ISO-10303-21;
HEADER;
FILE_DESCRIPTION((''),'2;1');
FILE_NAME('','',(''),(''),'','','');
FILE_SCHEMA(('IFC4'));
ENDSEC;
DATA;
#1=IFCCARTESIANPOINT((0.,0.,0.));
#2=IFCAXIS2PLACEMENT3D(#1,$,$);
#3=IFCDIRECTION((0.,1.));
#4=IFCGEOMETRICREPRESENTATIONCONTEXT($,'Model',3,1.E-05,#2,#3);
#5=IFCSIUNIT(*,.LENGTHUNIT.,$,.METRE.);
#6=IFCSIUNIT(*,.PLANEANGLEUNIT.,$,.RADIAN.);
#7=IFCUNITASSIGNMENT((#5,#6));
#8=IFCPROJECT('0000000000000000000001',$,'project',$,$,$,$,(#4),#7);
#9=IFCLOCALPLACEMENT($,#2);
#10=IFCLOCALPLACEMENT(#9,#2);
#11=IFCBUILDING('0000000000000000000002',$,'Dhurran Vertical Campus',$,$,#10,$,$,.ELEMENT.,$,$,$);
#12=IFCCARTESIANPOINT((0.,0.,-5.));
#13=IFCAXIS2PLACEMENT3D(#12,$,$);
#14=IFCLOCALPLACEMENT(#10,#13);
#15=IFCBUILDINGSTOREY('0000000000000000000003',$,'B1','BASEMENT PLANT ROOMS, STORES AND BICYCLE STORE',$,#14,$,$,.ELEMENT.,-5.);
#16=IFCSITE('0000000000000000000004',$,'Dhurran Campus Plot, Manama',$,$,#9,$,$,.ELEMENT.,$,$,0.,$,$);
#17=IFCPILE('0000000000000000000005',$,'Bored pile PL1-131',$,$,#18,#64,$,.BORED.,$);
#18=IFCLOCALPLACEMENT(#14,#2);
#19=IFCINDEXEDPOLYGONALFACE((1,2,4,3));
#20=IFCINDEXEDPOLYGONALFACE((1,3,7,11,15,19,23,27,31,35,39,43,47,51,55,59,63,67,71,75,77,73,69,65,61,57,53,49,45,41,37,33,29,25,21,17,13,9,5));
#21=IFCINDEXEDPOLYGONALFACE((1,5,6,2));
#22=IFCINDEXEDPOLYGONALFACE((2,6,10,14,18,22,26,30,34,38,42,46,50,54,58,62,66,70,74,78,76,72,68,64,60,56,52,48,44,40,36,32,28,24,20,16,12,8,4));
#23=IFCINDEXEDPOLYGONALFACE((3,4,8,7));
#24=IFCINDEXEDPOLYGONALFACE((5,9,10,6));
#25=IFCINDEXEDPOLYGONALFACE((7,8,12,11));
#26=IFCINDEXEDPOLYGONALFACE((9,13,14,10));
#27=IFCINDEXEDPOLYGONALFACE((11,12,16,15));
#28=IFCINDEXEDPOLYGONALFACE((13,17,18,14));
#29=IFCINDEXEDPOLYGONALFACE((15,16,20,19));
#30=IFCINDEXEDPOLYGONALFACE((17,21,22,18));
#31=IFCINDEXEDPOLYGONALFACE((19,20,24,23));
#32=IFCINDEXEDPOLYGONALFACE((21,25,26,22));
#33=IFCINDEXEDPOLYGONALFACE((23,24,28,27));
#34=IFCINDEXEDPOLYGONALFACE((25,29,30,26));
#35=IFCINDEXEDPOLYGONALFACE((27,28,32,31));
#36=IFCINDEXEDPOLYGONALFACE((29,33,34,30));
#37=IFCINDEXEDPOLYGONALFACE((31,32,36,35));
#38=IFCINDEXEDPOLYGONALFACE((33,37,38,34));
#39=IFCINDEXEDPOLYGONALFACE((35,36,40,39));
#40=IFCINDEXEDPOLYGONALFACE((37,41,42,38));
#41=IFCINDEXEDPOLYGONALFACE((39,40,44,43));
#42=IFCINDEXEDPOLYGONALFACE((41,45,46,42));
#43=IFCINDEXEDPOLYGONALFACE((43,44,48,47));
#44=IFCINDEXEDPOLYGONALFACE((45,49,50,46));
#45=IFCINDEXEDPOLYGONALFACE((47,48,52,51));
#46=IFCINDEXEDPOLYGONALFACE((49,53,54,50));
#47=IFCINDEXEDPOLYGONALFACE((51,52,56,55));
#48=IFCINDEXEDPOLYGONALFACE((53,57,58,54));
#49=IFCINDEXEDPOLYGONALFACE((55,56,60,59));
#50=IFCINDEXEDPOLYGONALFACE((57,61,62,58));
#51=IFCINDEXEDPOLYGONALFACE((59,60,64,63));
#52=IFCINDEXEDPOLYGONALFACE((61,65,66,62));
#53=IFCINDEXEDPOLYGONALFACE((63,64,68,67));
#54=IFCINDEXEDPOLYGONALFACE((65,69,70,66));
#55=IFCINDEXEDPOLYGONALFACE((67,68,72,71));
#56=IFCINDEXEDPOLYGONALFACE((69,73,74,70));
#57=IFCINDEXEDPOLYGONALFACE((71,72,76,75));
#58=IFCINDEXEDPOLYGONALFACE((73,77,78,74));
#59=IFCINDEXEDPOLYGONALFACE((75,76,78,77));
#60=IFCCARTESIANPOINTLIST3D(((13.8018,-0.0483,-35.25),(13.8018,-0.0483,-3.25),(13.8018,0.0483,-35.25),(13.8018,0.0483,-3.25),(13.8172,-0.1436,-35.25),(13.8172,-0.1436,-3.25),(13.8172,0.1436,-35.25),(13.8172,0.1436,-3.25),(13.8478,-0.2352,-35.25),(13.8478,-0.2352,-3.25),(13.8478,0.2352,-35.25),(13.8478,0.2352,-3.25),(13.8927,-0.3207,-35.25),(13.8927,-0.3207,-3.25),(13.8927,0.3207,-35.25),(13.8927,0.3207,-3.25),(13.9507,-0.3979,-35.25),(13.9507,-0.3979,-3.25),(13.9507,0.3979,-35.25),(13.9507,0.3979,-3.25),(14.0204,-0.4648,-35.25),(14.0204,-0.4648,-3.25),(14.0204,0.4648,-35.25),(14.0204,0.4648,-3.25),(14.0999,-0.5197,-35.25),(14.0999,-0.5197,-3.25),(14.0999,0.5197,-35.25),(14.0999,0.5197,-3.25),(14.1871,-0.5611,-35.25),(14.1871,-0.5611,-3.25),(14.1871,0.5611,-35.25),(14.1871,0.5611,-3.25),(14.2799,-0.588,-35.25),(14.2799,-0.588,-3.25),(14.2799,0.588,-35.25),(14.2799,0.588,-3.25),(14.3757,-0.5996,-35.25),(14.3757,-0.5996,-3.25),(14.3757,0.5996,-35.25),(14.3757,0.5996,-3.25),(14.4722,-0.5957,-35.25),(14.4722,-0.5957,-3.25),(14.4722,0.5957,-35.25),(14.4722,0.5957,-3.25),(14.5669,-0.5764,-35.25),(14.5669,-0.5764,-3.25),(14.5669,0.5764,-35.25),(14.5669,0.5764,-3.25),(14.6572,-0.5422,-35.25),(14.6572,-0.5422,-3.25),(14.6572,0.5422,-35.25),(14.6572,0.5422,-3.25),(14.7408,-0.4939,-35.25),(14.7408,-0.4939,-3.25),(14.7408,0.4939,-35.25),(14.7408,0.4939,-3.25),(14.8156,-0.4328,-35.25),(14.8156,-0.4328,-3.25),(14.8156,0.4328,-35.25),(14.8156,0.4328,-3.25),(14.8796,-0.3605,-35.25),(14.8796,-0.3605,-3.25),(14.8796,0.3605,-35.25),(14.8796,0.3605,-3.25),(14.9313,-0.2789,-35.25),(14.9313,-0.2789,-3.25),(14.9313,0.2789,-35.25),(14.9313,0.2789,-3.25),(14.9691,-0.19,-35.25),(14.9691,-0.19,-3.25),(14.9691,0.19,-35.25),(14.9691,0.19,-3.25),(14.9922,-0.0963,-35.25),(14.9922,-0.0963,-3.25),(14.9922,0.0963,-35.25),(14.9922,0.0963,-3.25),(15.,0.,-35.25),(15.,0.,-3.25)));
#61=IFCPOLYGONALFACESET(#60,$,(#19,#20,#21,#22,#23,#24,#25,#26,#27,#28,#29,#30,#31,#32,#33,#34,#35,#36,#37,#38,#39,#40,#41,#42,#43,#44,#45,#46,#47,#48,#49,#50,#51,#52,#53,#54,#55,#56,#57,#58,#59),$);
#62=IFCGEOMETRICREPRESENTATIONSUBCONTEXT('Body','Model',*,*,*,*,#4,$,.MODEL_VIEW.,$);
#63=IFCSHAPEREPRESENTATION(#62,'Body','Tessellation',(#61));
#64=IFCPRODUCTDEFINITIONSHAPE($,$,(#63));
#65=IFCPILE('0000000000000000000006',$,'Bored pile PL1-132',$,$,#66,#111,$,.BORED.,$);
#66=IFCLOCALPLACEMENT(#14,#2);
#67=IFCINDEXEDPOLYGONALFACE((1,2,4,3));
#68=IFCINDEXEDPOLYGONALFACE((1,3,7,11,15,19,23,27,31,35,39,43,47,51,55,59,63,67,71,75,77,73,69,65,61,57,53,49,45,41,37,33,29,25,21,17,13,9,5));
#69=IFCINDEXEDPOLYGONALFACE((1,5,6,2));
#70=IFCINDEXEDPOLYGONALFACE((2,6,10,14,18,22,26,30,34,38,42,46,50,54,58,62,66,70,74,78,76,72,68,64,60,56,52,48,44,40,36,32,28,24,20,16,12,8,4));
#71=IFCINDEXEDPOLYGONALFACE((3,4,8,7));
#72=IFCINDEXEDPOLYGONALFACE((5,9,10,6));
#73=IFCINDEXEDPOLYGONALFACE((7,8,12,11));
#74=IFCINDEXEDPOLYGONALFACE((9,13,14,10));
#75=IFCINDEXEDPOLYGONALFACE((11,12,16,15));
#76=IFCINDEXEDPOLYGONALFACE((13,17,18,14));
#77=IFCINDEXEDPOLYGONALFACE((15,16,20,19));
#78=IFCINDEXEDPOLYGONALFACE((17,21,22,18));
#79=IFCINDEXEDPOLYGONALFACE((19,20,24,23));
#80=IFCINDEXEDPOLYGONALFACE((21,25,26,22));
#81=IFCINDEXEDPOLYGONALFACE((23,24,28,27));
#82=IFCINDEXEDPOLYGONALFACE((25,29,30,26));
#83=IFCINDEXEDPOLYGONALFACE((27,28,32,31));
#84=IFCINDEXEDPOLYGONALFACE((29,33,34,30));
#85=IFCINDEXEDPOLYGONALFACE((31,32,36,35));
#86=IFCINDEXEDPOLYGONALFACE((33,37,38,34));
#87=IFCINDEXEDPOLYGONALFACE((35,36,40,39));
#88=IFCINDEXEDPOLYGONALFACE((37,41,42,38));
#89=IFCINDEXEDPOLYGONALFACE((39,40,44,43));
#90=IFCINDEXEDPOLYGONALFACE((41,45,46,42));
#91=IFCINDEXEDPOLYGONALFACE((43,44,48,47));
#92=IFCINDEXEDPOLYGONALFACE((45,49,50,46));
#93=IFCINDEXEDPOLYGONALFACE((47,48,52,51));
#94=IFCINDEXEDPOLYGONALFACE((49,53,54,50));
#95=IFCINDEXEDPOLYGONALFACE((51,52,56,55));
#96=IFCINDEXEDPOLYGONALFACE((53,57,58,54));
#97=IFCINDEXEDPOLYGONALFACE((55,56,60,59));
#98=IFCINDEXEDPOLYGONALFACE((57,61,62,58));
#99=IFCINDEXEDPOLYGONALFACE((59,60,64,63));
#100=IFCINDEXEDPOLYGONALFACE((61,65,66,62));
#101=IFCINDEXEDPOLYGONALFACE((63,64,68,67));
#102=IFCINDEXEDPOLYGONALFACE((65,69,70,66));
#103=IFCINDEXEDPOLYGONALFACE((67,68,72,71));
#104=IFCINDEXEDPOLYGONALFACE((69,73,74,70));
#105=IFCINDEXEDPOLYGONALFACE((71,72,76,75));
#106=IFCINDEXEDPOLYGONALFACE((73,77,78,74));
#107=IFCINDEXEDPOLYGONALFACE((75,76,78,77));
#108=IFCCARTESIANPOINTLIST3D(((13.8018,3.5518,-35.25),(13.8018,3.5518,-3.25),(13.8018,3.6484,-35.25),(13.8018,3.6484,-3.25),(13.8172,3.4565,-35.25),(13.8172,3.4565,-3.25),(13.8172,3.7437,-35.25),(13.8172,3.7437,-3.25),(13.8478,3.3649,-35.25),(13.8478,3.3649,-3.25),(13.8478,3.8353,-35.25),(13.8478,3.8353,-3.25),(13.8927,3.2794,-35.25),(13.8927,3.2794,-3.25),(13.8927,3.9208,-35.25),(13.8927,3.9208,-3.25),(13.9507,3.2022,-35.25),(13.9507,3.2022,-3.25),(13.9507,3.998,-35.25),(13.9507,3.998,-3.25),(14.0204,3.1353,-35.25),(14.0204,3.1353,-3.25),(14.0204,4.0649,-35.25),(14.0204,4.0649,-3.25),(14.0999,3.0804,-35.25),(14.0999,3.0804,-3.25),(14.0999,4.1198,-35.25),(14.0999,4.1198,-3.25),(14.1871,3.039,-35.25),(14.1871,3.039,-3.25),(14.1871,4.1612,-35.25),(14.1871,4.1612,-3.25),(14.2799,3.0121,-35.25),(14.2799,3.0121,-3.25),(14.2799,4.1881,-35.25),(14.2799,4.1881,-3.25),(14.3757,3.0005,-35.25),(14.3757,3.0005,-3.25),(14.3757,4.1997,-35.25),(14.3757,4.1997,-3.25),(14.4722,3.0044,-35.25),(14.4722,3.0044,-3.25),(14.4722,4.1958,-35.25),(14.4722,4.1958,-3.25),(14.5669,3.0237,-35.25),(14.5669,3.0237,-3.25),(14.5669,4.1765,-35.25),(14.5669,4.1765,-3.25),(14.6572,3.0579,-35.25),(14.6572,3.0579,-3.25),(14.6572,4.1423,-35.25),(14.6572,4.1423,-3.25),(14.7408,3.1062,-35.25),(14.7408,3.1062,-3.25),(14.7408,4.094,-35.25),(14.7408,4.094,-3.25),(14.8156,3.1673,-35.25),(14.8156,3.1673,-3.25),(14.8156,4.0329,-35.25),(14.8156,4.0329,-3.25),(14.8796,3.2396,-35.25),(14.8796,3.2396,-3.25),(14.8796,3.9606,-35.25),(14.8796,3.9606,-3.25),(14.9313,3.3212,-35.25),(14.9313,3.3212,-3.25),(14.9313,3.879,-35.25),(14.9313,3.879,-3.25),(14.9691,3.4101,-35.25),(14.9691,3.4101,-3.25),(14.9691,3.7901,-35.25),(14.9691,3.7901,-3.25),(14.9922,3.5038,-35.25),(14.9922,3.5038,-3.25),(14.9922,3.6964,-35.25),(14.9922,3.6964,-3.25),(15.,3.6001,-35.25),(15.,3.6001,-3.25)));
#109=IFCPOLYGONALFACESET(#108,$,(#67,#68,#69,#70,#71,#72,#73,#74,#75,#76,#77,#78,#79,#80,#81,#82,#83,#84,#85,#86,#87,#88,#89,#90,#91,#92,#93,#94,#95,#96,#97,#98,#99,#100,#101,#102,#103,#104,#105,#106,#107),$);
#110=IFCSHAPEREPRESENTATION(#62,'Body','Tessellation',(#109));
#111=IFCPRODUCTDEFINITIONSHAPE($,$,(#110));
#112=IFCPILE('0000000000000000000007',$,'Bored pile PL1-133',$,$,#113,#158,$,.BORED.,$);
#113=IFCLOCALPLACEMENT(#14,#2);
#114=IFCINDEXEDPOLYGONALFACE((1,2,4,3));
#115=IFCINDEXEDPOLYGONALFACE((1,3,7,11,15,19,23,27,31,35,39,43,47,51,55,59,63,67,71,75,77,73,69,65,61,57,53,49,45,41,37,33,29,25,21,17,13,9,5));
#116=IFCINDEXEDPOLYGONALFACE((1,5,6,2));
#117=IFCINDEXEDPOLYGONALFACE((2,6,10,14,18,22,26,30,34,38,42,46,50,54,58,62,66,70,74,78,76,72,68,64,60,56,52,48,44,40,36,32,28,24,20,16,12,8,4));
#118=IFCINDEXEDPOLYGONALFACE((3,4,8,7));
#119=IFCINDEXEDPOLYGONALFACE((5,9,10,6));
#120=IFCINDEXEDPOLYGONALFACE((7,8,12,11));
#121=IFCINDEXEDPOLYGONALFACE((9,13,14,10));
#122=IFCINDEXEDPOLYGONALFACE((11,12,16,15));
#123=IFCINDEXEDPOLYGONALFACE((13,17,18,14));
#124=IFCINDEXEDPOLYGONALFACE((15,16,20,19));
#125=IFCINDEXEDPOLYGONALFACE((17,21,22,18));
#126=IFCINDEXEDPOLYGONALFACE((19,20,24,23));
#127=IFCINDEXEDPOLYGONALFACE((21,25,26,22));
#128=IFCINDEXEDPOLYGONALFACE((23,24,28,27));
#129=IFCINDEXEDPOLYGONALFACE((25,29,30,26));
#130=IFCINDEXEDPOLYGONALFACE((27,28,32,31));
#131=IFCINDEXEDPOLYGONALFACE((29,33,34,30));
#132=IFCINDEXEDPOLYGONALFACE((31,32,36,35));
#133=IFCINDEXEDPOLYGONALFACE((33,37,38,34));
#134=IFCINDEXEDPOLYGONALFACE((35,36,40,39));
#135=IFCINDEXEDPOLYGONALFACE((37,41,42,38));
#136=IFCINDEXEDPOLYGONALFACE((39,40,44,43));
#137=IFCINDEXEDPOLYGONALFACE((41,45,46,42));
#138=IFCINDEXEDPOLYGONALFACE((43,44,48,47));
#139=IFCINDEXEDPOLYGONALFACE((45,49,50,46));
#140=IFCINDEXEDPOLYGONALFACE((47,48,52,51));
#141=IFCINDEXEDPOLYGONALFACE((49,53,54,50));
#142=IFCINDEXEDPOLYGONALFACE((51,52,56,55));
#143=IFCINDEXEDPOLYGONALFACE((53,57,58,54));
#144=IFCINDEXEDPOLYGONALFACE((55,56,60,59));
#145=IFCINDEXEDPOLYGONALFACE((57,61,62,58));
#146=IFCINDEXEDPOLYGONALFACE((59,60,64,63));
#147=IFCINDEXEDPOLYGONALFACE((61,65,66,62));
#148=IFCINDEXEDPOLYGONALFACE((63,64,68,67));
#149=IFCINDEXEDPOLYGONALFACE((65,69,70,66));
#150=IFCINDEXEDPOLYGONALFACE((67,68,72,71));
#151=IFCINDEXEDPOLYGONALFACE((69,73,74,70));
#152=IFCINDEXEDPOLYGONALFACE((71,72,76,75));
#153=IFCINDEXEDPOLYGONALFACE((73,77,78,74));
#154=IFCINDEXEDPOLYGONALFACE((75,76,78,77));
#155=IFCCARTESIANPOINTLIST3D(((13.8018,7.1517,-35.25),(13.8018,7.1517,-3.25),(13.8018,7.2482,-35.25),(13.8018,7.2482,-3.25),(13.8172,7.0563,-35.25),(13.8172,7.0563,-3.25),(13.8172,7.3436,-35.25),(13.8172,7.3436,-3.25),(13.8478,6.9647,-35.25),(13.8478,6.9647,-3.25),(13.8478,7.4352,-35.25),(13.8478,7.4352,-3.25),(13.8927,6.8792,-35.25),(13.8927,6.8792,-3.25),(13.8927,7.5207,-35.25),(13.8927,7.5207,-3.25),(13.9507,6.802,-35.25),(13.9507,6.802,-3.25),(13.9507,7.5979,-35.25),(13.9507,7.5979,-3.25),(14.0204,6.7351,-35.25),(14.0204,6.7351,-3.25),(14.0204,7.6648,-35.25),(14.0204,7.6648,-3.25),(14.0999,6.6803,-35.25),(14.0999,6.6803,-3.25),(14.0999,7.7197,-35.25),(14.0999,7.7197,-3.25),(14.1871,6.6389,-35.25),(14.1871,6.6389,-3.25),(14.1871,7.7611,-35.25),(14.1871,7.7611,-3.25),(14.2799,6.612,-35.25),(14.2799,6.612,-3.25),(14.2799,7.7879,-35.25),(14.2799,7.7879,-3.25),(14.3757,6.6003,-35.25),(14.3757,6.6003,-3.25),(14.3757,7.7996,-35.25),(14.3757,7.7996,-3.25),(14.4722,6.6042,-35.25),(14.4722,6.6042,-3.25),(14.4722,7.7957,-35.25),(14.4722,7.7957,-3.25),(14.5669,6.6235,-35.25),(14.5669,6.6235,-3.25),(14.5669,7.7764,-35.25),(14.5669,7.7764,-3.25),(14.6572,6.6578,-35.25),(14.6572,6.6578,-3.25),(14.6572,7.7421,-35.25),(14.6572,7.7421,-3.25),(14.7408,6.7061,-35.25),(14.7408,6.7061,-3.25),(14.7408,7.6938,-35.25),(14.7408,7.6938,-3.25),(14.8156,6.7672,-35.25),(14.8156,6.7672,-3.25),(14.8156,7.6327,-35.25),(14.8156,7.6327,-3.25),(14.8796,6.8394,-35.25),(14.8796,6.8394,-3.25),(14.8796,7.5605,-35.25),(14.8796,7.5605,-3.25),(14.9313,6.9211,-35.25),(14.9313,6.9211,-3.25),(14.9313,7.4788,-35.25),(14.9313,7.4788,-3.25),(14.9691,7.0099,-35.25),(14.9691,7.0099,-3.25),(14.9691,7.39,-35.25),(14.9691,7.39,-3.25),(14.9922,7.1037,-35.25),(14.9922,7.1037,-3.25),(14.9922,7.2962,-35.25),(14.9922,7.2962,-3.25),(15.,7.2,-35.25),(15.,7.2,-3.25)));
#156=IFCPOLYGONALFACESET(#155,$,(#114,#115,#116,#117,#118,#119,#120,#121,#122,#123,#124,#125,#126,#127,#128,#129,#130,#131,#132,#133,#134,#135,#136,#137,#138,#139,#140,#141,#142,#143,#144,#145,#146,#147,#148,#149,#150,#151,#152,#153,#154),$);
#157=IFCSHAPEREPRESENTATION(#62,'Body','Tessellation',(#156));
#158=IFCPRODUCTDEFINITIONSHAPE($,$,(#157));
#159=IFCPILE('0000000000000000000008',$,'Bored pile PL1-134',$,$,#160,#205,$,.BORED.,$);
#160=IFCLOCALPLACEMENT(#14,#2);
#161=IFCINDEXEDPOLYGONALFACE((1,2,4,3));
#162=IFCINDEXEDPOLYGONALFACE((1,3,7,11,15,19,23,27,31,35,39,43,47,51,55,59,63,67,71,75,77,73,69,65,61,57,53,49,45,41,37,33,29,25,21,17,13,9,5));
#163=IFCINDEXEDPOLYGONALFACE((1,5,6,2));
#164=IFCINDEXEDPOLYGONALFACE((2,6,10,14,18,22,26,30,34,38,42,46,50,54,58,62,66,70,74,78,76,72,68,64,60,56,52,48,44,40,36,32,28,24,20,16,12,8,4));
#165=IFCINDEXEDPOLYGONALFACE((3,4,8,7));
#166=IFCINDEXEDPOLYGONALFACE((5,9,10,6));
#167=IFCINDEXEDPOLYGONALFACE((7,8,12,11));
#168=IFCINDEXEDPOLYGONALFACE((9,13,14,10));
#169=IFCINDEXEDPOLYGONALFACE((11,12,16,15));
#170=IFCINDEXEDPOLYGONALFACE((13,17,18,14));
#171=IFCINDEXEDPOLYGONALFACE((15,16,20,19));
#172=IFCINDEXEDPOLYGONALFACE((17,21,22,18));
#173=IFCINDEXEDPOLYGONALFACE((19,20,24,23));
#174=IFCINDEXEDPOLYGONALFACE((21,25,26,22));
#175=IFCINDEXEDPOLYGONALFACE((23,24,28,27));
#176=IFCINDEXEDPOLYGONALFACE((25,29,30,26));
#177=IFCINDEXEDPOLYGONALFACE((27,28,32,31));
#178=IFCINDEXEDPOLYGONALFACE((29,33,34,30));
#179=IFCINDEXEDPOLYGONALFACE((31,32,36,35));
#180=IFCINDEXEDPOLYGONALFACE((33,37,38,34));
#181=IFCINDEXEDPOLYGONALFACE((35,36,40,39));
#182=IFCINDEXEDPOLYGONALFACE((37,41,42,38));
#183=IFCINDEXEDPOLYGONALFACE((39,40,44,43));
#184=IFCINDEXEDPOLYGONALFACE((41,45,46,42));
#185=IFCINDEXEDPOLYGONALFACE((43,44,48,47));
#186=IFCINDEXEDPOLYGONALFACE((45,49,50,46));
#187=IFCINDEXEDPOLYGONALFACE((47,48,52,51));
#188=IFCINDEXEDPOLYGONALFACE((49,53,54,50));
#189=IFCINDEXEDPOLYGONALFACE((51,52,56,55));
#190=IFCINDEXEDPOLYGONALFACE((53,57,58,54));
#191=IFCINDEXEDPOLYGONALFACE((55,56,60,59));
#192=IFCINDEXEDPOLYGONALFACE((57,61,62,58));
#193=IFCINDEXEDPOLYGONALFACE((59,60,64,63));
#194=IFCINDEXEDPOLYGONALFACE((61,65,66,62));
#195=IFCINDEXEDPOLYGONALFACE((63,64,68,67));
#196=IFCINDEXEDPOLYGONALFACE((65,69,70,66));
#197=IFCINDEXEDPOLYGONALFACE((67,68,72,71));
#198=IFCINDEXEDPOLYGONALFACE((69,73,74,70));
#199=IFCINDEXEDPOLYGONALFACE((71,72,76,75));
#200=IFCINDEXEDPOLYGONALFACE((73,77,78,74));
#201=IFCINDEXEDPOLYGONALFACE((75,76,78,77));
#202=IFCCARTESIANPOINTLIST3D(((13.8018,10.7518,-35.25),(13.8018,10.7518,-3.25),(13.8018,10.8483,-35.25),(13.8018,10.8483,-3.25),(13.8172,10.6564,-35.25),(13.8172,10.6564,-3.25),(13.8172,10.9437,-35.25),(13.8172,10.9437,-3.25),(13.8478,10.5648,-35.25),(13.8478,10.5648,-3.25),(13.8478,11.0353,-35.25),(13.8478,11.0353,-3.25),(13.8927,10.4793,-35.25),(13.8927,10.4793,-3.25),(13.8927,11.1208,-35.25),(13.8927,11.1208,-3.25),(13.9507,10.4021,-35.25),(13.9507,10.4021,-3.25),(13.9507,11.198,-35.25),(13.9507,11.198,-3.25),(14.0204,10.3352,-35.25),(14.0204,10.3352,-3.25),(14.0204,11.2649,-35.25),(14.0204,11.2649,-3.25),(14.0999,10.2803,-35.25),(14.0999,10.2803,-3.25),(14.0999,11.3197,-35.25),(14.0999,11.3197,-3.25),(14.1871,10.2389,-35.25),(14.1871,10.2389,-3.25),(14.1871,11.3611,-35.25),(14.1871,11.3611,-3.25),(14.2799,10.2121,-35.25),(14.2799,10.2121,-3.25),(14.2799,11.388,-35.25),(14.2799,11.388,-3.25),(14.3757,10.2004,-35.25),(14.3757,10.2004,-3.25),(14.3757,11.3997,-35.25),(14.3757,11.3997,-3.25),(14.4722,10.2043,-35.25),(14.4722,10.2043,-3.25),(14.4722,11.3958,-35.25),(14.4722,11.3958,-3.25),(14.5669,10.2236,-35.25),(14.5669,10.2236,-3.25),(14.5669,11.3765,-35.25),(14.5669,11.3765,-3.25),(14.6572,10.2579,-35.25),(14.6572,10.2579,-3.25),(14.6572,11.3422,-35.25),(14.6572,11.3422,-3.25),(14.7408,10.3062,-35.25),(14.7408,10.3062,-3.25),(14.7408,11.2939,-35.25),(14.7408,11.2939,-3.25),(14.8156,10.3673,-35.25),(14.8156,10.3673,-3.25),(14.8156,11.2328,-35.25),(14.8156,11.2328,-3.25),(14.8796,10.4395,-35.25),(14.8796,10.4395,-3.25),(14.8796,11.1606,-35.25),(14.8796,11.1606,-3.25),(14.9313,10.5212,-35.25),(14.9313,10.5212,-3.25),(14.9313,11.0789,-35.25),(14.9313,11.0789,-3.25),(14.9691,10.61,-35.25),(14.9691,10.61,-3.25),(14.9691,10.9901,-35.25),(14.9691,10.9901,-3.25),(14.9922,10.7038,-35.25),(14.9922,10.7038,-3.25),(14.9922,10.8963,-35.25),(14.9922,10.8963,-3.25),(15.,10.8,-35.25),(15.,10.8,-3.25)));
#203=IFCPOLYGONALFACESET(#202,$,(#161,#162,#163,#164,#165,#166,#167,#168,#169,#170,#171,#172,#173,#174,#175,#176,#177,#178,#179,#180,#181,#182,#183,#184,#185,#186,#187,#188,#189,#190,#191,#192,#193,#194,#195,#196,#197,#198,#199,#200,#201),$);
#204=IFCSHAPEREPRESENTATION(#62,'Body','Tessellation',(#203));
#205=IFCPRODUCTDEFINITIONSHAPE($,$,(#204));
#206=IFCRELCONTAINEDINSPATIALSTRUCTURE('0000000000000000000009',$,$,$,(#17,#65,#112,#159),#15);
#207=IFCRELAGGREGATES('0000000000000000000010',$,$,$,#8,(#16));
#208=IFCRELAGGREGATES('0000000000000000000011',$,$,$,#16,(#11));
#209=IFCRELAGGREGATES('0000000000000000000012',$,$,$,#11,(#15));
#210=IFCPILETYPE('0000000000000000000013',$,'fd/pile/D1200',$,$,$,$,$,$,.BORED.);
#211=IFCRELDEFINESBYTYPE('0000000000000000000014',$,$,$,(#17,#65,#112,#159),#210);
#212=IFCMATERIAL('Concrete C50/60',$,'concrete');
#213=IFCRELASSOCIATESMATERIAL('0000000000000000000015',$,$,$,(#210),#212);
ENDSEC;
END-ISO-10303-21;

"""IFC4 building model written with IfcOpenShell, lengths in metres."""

from ifc_helpers import new_model, si_unit, direction, frame, origin, origin_2d, place, context, subcontext, project, spatial, circle, extrude, material, material_profile, profile_set, type_object, element, save


model = new_model("IFC4")

# Units and contexts
model_context = context("Model", 3, precision=1e-05, world=origin(), true_north=direction((0.0, 1.0)))
body_context = subcontext(model_context, "Body", "Model", "MODEL_VIEW")
ifc_project = project(units=[si_unit("LENGTHUNIT", "METRE"), si_unit("PLANEANGLEUNIT", "RADIAN")], contexts=[model_context])

# Site, building, storey
site_placement = place(None, origin())
site = spatial("IfcSite", under=ifc_project, at=site_placement, Name="Dhurran Campus Plot, Manama", CompositionType="ELEMENT", RefElevation=0.0)
building_placement = place(site_placement, origin())
building = spatial("IfcBuilding", under=site, at=building_placement, Name="Dhurran Vertical Campus", CompositionType="ELEMENT")
storey_placement = place(building_placement, frame((0.0, 0.0, -5.0)))
storey = spatial("IfcBuildingStorey", under=building, at=storey_placement, Name="B1", Description="BASEMENT PLANT ROOMS, STORES AND BICYCLE STORE", CompositionType="ELEMENT", Elevation=-5.0)

# Piles
ifc_material_1 = material(Name="Concrete C50/60", Category="concrete")
ifc_material_profile_1 = material_profile(ifc_material_1, circle(Radius=0.6001, at=origin_2d()), Name="fd/pile/D1200")
ifc_profile_set_1 = profile_set([ifc_material_profile_1], Name="Concrete C50/60")
pile_type = type_object("IfcPileType", Name="fd/pile/D1200", PredefinedType="BORED", material=ifc_profile_set_1)
for number, where, z_axis, x_axis, name in (
    (1, (14.3999, 0.0, -3.25), (0.0, 0.0, -1.0), (1.0, 0.0, 0.0), "Bored pile PL1-131"),
    (2, (14.3999, 3.6001, -3.25), (0.0, 0.0, -1.0), (1.0, 0.0, 0.0), "Bored pile PL1-132"),
    (3, (14.3999, 7.2, -3.25), (0.0, 0.0, -1.0), (1.0, 0.0, 0.0), "Bored pile PL1-133"),
    (4, (14.3999, 10.8, -3.25), (0.0, 0.0, -1.0), (1.0, 0.0, 0.0), "Bored pile PL1-134"),
):
    element("IfcPile", number, at=place(storey_placement, frame(where, z_axis=z_axis, x_axis=x_axis)), inside=storey, type_object=pile_type, Name=name, PredefinedType="BORED", context=body_context, shape_type="SweptSolid", body=[
        extrude(circle(Radius=0.6001, at=origin_2d()), origin(), (0.0, 0.0, 1.0), 32.0),
    ])

save(model, "model.ifc")
